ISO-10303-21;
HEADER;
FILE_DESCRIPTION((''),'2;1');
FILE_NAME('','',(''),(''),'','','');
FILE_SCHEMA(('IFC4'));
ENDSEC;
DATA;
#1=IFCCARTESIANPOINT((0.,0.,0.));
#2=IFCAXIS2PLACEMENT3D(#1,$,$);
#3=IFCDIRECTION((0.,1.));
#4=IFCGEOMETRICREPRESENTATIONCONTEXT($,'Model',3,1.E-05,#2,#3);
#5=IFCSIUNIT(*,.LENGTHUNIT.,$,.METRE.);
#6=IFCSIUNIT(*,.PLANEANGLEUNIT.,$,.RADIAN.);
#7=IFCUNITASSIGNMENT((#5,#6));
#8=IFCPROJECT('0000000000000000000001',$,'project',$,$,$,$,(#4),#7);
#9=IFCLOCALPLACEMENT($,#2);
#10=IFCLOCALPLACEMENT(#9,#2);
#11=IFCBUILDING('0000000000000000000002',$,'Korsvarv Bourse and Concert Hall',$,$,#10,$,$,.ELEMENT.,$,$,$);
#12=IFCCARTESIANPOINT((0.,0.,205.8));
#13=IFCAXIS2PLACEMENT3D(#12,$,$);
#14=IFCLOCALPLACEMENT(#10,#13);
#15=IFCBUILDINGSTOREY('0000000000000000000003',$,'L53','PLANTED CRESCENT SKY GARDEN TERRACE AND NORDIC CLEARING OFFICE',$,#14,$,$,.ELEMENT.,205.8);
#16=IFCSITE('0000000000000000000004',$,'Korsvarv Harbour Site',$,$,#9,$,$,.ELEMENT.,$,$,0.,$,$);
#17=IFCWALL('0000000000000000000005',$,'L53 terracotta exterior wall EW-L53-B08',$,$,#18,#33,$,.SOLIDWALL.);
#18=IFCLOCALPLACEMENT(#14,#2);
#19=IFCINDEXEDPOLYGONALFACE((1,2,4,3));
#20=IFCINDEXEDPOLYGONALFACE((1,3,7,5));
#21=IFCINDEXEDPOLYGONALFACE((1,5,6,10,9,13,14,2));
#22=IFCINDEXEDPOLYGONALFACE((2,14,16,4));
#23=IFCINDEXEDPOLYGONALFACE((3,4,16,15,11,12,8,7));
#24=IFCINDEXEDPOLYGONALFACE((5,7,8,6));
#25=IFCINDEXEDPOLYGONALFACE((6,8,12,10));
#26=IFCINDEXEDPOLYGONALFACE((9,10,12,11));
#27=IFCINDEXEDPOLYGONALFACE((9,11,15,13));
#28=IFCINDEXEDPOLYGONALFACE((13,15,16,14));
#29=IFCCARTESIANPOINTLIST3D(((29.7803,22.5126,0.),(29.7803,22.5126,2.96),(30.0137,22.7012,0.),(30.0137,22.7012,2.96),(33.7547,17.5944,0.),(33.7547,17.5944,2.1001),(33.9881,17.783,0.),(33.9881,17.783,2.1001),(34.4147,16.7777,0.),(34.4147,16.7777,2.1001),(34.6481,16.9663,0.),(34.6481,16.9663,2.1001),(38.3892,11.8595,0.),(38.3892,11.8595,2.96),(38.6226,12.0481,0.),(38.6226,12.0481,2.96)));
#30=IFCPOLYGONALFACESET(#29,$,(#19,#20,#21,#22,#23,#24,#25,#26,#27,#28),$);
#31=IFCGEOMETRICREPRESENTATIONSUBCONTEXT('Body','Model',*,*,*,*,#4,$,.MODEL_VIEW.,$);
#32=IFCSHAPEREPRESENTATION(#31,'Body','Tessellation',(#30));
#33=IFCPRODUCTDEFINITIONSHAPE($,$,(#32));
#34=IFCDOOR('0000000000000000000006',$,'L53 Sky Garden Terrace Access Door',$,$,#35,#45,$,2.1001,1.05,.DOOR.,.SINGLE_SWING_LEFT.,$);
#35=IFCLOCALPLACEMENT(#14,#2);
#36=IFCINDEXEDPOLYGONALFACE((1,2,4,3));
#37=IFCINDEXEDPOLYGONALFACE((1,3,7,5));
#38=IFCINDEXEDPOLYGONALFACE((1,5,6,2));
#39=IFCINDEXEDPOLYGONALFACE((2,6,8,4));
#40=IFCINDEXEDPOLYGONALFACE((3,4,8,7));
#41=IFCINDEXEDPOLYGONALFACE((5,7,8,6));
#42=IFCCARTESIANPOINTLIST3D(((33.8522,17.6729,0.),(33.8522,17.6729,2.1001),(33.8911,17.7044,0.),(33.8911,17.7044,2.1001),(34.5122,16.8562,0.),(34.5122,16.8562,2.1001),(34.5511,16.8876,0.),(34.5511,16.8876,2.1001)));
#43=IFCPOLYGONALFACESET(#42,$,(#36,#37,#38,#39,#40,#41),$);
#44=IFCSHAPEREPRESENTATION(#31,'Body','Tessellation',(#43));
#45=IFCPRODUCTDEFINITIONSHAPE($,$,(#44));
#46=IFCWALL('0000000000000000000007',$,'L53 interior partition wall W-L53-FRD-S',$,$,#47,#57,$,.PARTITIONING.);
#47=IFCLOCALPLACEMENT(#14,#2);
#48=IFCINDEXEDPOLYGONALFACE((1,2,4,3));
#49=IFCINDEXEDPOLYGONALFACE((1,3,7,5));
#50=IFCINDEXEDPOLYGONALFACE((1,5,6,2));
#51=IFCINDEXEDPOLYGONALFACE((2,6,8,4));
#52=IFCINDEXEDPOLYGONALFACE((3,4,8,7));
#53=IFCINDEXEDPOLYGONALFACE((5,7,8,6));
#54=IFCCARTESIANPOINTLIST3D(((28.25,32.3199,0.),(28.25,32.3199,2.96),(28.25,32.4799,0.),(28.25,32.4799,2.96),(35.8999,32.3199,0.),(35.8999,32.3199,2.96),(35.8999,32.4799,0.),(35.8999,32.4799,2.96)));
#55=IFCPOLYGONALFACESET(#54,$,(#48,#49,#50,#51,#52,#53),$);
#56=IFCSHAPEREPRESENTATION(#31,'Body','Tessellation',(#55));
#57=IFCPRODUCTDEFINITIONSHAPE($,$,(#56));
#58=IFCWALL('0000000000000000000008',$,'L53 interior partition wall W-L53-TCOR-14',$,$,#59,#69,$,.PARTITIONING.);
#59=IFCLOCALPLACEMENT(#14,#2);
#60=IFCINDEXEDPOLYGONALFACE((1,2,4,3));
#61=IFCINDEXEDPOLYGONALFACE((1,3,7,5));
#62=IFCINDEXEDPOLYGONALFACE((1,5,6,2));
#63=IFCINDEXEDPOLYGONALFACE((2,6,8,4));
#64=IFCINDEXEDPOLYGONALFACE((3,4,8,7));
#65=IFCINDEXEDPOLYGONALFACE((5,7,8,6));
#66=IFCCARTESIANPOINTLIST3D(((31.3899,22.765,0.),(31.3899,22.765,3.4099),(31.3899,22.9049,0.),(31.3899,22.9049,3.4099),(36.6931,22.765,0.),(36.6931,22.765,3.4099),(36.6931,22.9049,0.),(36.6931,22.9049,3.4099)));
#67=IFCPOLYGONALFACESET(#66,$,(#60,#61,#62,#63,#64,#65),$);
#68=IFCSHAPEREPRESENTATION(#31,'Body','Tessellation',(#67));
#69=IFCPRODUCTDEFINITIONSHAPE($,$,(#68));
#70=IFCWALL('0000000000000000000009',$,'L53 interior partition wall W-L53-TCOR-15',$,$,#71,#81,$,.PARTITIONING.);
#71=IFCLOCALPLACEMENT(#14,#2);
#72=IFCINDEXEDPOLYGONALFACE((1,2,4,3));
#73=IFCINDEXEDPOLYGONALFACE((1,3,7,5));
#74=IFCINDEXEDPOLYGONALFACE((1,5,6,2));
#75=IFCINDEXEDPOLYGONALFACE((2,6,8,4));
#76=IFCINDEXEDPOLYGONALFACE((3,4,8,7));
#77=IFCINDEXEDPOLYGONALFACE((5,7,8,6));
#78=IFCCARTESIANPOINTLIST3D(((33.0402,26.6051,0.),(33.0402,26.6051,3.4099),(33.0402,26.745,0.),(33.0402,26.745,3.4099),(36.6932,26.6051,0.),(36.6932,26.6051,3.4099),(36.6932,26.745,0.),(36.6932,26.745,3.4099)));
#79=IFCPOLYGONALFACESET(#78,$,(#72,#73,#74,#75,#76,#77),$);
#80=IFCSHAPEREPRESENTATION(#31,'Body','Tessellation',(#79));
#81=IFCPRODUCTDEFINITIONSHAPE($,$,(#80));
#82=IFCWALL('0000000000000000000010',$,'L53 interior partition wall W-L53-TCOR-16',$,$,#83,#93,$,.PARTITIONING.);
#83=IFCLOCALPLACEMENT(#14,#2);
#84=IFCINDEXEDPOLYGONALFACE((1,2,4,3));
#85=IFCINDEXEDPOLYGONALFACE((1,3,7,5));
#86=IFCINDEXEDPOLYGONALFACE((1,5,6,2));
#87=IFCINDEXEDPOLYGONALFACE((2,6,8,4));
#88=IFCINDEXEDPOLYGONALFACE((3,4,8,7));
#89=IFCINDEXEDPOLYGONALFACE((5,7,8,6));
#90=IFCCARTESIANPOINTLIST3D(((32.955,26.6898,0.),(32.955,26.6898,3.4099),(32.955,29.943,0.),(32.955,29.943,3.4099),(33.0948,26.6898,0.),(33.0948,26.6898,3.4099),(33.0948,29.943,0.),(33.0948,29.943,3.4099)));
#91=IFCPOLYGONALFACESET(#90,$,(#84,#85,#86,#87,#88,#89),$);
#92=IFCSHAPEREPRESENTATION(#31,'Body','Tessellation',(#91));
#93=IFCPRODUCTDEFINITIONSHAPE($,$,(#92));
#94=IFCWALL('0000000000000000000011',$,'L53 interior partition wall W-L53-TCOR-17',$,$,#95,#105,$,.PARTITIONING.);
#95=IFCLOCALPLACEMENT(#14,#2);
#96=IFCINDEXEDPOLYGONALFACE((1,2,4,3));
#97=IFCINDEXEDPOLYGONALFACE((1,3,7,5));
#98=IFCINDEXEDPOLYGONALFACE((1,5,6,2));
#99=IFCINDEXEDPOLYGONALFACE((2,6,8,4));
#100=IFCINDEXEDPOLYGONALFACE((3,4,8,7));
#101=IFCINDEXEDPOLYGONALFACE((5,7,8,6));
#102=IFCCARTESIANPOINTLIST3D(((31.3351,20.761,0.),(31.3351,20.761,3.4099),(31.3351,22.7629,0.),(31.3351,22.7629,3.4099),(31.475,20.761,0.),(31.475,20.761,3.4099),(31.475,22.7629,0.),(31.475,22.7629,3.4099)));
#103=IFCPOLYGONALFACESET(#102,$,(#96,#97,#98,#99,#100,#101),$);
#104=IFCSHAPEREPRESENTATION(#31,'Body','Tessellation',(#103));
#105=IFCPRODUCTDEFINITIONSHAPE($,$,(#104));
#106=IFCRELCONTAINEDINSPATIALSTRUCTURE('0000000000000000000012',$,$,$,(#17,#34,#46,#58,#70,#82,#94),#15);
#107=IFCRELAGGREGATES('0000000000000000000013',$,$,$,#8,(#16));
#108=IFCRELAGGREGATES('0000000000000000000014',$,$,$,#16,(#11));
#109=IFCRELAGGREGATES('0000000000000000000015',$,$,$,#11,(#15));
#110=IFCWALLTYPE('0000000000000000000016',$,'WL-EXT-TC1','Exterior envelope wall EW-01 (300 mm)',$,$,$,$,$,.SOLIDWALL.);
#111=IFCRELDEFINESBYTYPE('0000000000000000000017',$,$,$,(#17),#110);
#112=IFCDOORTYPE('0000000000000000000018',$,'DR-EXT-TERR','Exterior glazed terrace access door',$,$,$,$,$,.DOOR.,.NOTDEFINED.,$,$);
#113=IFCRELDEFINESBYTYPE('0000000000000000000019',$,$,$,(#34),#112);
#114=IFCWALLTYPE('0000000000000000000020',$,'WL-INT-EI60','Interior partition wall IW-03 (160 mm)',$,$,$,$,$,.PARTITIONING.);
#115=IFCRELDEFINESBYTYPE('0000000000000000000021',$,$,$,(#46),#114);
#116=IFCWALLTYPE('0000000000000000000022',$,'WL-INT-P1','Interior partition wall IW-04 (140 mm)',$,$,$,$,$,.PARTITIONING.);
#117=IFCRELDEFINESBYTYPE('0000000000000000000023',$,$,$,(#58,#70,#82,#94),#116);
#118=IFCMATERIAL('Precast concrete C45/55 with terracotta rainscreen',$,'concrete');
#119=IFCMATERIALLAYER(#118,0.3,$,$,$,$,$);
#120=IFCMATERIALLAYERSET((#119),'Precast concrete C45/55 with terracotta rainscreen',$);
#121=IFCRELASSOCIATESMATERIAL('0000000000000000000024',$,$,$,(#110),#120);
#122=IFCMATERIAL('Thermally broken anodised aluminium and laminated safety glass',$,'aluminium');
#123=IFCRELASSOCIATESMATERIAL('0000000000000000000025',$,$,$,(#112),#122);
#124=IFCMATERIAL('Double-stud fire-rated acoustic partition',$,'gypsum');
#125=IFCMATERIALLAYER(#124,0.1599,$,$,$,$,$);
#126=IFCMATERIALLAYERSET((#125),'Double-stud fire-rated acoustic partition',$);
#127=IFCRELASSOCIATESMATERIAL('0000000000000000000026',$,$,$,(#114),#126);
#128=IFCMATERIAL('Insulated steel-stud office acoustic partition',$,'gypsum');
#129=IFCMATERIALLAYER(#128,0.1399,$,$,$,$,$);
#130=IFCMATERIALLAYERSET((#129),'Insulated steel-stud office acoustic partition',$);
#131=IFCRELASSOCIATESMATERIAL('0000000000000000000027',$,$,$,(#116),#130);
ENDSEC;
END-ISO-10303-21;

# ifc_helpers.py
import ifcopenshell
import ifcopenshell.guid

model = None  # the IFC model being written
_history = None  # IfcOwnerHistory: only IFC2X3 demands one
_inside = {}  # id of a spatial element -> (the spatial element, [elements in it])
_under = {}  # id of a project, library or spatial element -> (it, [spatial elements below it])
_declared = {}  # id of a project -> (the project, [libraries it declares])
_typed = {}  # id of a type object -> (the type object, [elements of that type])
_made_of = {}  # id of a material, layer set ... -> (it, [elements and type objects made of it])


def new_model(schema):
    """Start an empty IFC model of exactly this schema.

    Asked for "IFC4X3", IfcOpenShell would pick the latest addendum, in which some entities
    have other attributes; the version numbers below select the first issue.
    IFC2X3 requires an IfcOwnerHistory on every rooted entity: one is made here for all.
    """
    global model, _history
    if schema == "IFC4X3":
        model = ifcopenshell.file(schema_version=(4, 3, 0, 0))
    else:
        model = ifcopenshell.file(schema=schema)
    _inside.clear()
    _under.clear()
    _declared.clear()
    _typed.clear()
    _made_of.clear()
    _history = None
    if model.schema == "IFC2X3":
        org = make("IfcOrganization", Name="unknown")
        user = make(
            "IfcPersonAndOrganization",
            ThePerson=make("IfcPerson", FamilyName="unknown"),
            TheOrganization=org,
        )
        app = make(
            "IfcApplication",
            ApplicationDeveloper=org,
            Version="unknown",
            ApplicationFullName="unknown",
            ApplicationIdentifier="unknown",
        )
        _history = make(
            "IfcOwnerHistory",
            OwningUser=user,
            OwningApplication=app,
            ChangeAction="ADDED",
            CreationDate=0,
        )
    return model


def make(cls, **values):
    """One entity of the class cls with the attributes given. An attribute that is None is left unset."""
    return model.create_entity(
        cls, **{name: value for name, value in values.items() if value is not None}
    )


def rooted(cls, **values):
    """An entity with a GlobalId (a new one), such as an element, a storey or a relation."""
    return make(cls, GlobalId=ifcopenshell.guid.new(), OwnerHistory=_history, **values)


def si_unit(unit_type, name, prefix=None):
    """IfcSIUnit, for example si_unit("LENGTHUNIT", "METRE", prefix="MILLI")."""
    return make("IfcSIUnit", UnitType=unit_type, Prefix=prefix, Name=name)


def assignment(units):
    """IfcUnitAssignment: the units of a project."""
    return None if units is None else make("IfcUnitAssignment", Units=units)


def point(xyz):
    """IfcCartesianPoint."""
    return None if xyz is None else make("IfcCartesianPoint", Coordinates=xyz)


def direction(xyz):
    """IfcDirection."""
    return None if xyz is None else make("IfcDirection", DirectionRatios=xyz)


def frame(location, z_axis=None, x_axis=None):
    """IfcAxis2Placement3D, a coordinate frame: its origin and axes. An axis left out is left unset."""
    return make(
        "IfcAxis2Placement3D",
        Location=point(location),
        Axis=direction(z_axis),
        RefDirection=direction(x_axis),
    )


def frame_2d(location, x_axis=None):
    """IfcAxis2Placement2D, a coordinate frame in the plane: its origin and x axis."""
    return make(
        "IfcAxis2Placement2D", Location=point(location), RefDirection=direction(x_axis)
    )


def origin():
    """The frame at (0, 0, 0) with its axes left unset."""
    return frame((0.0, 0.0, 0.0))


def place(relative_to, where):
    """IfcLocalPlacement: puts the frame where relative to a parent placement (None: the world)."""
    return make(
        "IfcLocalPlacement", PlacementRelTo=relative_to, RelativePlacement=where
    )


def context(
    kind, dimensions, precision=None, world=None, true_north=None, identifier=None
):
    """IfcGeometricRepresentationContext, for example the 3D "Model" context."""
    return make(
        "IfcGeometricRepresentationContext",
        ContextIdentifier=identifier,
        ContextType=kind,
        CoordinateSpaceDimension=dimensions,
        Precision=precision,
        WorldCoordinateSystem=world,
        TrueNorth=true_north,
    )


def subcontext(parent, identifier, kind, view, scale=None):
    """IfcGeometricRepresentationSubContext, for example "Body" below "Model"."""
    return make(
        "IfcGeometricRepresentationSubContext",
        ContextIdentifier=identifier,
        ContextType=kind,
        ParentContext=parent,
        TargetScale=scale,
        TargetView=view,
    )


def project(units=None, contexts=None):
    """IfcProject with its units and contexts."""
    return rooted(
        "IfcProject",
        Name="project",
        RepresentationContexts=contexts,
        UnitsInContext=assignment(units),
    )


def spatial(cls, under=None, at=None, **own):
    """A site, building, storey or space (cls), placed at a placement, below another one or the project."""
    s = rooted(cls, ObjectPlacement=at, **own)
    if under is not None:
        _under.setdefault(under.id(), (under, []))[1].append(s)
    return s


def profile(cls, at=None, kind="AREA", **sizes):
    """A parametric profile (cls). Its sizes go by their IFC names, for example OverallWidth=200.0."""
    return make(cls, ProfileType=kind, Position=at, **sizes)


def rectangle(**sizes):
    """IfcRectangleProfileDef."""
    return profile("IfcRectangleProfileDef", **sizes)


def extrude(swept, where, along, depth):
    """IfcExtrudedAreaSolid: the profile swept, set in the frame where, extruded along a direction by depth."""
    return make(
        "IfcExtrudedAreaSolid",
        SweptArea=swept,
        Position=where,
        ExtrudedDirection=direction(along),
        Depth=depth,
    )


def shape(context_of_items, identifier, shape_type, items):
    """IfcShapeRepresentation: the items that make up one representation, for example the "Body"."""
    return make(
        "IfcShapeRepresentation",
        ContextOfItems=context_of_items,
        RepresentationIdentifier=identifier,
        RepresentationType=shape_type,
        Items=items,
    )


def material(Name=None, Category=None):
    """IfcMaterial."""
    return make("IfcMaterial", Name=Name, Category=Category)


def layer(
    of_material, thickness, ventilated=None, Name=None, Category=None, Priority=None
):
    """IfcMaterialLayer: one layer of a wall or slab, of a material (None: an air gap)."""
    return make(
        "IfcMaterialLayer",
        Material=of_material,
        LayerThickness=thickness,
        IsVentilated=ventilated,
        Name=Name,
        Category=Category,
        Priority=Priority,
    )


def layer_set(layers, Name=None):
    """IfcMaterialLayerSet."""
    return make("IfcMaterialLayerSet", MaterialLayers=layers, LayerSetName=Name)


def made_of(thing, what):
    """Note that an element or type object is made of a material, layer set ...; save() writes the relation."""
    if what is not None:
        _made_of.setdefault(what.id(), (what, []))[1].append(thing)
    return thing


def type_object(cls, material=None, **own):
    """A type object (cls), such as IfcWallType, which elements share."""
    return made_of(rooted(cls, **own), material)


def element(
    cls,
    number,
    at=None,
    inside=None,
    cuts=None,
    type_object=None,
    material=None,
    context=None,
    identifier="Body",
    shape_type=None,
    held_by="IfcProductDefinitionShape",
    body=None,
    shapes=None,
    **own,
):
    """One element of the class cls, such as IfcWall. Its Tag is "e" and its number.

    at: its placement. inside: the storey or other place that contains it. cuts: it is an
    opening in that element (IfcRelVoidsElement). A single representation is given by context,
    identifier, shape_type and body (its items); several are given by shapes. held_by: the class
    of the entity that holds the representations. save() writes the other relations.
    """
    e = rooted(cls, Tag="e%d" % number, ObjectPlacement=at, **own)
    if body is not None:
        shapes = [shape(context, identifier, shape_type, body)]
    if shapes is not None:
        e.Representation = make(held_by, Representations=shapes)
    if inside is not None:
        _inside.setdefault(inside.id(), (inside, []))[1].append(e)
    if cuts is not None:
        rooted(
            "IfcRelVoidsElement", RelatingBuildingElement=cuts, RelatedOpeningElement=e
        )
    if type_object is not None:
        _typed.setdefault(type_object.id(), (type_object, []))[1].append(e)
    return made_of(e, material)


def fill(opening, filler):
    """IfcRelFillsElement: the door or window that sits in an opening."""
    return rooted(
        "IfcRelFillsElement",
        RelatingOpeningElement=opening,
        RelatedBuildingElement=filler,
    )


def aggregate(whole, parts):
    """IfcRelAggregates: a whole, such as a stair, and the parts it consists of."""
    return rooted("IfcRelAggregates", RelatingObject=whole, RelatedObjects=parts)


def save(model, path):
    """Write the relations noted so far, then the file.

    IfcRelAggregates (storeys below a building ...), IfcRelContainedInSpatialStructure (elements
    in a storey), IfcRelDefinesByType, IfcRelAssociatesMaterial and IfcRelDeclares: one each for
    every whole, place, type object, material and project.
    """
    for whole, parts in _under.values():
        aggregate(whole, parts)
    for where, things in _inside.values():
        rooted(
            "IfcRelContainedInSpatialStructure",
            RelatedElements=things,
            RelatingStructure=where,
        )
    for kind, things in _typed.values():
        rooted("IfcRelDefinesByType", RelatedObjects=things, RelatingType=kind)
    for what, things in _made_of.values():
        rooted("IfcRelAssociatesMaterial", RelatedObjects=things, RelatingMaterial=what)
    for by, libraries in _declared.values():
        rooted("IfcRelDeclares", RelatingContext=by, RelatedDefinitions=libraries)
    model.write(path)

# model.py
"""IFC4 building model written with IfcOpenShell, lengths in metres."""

from ifc_helpers import new_model, si_unit, direction, frame, frame_2d, origin, place, context, subcontext, project, spatial, rectangle, extrude, material, layer, layer_set, type_object, element, fill, save


model = new_model("IFC4")

# Units and contexts
model_context = context("Model", 3, precision=1e-05, world=origin(), true_north=direction((0.0, 1.0)))
body_context = subcontext(model_context, "Body", "Model", "MODEL_VIEW")
ifc_project = project(units=[si_unit("LENGTHUNIT", "METRE"), si_unit("PLANEANGLEUNIT", "RADIAN")], contexts=[model_context])

# Site, building, storey
site_placement = place(None, origin())
site = spatial("IfcSite", under=ifc_project, at=site_placement, Name="Korsvarv Harbour Site", CompositionType="ELEMENT", RefElevation=0.0)
building_placement = place(site_placement, origin())
building = spatial("IfcBuilding", under=site, at=building_placement, Name="Korsvarv Bourse and Concert Hall", CompositionType="ELEMENT")
storey_placement = place(building_placement, frame((0.0, 0.0, 205.8)))
storey = spatial("IfcBuildingStorey", under=building, at=storey_placement, Name="L53", Description="PLANTED CRESCENT SKY GARDEN TERRACE AND NORDIC CLEARING OFFICE", CompositionType="ELEMENT", Elevation=205.8)

# Wall, opening, door
ifc_material_1 = material(Name="Precast concrete C45/55 with terracotta rainscreen", Category="concrete")
ifc_layer_1 = layer(ifc_material_1, 0.3)
ifc_layer_set_1 = layer_set([ifc_layer_1], Name="Precast concrete C45/55 with terracotta rainscreen")
wall_type_1 = type_object("IfcWallType", Name="WL-EXT-TC1", Description="Exterior envelope wall EW-01 (300 mm)", PredefinedType="SOLIDWALL", material=ifc_layer_set_1)
wall_1_placement = place(storey_placement, frame((29.897, 22.6069, 0.0), z_axis=(0.0, 0.0, 1.0), x_axis=(0.628535, -0.777781, 0.0)))
wall_1 = element("IfcWall", 1, at=wall_1_placement, inside=storey, type_object=wall_type_1, Name="L53 terracotta exterior wall EW-L53-B08", PredefinedType="SOLIDWALL", context=body_context, shape_type="SweptSolid", body=[
    extrude(rectangle(XDim=13.6968, YDim=0.3, at=frame_2d((6.8484, 0.0))), origin(), (0.0, 0.0, 1.0), 2.96),
])
opening_placement = place(wall_1_placement, frame((6.3235, 0.0, 0.0)))
opening = element("IfcOpeningElement", 2, at=opening_placement, cuts=wall_1, PredefinedType="OPENING", context=body_context, shape_type="SweptSolid", body=[
    extrude(rectangle(XDim=1.05, YDim=2.1001, at=frame_2d((0.5249, 1.05))), frame((0.0, 0.1602, 0.0), z_axis=(0.0, -1.0, 0.0), x_axis=(1.0, 0.0, 0.0)), (0.0, 0.0, 1.0), 0.3201),
])
ifc_material_2 = material(Name="Thermally broken anodised aluminium and laminated safety glass", Category="aluminium")
door_type = type_object("IfcDoorType", Name="DR-EXT-TERR", Description="Exterior glazed terrace access door", OperationType="NOTDEFINED", PredefinedType="DOOR", material=ifc_material_2)
door_placement = place(opening_placement, frame((1.05, 0.0, 0.0), z_axis=(0.0, 0.0, 1.0), x_axis=(-1.0, 0.0, 0.0)))
door = element("IfcDoor", 3, at=door_placement, inside=storey, type_object=door_type, Name="L53 Sky Garden Terrace Access Door", OperationType="SINGLE_SWING_LEFT", OverallHeight=2.1001, OverallWidth=1.05, PredefinedType="DOOR", context=body_context, shape_type="SweptSolid", body=[
    extrude(rectangle(XDim=1.05, YDim=2.1001, at=frame_2d((0.5249, 1.05))), frame((0.0, 0.0249, 0.0), z_axis=(0.0, -1.0, 0.0), x_axis=(1.0, 0.0, 0.0)), (0.0, 0.0, 1.0), 0.05),
])
fill(opening, door)

# Walls
ifc_material_3 = material(Name="Double-stud fire-rated acoustic partition", Category="gypsum")
ifc_layer_2 = layer(ifc_material_3, 0.1599)
ifc_layer_set_2 = layer_set([ifc_layer_2], Name="Double-stud fire-rated acoustic partition")
wall_type_2 = type_object("IfcWallType", Name="WL-INT-EI60", Description="Interior partition wall IW-03 (160 mm)", PredefinedType="PARTITIONING", material=ifc_layer_set_2)
wall_2_placement = place(storey_placement, frame((28.25, 32.3999, 0.0), z_axis=(0.0, 0.0, 1.0), x_axis=(1.0, 0.0, 0.0)))
element("IfcWall", 4, at=wall_2_placement, inside=storey, type_object=wall_type_2, Name="L53 interior partition wall W-L53-FRD-S", PredefinedType="PARTITIONING", context=body_context, shape_type="SweptSolid", body=[
    extrude(rectangle(XDim=7.6499, YDim=0.1599, at=frame_2d((3.825, 0.0))), origin(), (0.0, 0.0, 1.0), 2.96),
])
ifc_material_4 = material(Name="Insulated steel-stud office acoustic partition", Category="gypsum")
ifc_layer_3 = layer(ifc_material_4, 0.1399)
ifc_layer_set_3 = layer_set([ifc_layer_3], Name="Insulated steel-stud office acoustic partition")
wall_type_3 = type_object("IfcWallType", Name="WL-INT-P1", Description="Interior partition wall IW-04 (140 mm)", PredefinedType="PARTITIONING", material=ifc_layer_set_3)
wall_3_placement = place(storey_placement, frame((31.3899, 22.835, 0.0), z_axis=(0.0, 0.0, 1.0), x_axis=(1.0, 0.0, 0.0)))
element("IfcWall", 5, at=wall_3_placement, inside=storey, type_object=wall_type_3, Name="L53 interior partition wall W-L53-TCOR-14", PredefinedType="PARTITIONING", context=body_context, shape_type="SweptSolid", body=[
    extrude(rectangle(XDim=5.3032, YDim=0.1399, at=frame_2d((2.6516, 0.0))), origin(), (0.0, 0.0, 1.0), 3.4099),
])
wall_4_placement = place(storey_placement, frame((33.04, 26.675, 0.0), z_axis=(0.0, 0.0, 1.0), x_axis=(1.0, 0.0, 0.0)))
element("IfcWall", 6, at=wall_4_placement, inside=storey, type_object=wall_type_3, Name="L53 interior partition wall W-L53-TCOR-15", PredefinedType="PARTITIONING", context=body_context, shape_type="SweptSolid", body=[
    extrude(rectangle(XDim=3.6531, YDim=0.1399, at=frame_2d((1.8267, 0.0))), origin(), (0.0, 0.0, 1.0), 3.4099),
])
wall_5_placement = place(storey_placement, frame((33.0249, 26.6899, 0.0), z_axis=(0.0, 0.0, 1.0), x_axis=(0.0, 1.0, 0.0)))
element("IfcWall", 7, at=wall_5_placement, inside=storey, type_object=wall_type_3, Name="L53 interior partition wall W-L53-TCOR-16", PredefinedType="PARTITIONING", context=body_context, shape_type="SweptSolid", body=[
    extrude(rectangle(XDim=3.2532, YDim=0.1399, at=frame_2d((1.6265, 0.0))), origin(), (0.0, 0.0, 1.0), 3.4099),
])
wall_6_placement = place(storey_placement, frame((31.405, 20.761, 0.0), z_axis=(0.0, 0.0, 1.0), x_axis=(0.0, 1.0, 0.0)))
element("IfcWall", 8, at=wall_6_placement, inside=storey, type_object=wall_type_3, Name="L53 interior partition wall W-L53-TCOR-17", PredefinedType="PARTITIONING", context=body_context, shape_type="SweptSolid", body=[
    extrude(rectangle(XDim=2.002, YDim=0.1399, at=frame_2d((1.001, 0.0))), origin(), (0.0, 0.0, 1.0), 3.4099),
])

save(model, "model.ifc")
